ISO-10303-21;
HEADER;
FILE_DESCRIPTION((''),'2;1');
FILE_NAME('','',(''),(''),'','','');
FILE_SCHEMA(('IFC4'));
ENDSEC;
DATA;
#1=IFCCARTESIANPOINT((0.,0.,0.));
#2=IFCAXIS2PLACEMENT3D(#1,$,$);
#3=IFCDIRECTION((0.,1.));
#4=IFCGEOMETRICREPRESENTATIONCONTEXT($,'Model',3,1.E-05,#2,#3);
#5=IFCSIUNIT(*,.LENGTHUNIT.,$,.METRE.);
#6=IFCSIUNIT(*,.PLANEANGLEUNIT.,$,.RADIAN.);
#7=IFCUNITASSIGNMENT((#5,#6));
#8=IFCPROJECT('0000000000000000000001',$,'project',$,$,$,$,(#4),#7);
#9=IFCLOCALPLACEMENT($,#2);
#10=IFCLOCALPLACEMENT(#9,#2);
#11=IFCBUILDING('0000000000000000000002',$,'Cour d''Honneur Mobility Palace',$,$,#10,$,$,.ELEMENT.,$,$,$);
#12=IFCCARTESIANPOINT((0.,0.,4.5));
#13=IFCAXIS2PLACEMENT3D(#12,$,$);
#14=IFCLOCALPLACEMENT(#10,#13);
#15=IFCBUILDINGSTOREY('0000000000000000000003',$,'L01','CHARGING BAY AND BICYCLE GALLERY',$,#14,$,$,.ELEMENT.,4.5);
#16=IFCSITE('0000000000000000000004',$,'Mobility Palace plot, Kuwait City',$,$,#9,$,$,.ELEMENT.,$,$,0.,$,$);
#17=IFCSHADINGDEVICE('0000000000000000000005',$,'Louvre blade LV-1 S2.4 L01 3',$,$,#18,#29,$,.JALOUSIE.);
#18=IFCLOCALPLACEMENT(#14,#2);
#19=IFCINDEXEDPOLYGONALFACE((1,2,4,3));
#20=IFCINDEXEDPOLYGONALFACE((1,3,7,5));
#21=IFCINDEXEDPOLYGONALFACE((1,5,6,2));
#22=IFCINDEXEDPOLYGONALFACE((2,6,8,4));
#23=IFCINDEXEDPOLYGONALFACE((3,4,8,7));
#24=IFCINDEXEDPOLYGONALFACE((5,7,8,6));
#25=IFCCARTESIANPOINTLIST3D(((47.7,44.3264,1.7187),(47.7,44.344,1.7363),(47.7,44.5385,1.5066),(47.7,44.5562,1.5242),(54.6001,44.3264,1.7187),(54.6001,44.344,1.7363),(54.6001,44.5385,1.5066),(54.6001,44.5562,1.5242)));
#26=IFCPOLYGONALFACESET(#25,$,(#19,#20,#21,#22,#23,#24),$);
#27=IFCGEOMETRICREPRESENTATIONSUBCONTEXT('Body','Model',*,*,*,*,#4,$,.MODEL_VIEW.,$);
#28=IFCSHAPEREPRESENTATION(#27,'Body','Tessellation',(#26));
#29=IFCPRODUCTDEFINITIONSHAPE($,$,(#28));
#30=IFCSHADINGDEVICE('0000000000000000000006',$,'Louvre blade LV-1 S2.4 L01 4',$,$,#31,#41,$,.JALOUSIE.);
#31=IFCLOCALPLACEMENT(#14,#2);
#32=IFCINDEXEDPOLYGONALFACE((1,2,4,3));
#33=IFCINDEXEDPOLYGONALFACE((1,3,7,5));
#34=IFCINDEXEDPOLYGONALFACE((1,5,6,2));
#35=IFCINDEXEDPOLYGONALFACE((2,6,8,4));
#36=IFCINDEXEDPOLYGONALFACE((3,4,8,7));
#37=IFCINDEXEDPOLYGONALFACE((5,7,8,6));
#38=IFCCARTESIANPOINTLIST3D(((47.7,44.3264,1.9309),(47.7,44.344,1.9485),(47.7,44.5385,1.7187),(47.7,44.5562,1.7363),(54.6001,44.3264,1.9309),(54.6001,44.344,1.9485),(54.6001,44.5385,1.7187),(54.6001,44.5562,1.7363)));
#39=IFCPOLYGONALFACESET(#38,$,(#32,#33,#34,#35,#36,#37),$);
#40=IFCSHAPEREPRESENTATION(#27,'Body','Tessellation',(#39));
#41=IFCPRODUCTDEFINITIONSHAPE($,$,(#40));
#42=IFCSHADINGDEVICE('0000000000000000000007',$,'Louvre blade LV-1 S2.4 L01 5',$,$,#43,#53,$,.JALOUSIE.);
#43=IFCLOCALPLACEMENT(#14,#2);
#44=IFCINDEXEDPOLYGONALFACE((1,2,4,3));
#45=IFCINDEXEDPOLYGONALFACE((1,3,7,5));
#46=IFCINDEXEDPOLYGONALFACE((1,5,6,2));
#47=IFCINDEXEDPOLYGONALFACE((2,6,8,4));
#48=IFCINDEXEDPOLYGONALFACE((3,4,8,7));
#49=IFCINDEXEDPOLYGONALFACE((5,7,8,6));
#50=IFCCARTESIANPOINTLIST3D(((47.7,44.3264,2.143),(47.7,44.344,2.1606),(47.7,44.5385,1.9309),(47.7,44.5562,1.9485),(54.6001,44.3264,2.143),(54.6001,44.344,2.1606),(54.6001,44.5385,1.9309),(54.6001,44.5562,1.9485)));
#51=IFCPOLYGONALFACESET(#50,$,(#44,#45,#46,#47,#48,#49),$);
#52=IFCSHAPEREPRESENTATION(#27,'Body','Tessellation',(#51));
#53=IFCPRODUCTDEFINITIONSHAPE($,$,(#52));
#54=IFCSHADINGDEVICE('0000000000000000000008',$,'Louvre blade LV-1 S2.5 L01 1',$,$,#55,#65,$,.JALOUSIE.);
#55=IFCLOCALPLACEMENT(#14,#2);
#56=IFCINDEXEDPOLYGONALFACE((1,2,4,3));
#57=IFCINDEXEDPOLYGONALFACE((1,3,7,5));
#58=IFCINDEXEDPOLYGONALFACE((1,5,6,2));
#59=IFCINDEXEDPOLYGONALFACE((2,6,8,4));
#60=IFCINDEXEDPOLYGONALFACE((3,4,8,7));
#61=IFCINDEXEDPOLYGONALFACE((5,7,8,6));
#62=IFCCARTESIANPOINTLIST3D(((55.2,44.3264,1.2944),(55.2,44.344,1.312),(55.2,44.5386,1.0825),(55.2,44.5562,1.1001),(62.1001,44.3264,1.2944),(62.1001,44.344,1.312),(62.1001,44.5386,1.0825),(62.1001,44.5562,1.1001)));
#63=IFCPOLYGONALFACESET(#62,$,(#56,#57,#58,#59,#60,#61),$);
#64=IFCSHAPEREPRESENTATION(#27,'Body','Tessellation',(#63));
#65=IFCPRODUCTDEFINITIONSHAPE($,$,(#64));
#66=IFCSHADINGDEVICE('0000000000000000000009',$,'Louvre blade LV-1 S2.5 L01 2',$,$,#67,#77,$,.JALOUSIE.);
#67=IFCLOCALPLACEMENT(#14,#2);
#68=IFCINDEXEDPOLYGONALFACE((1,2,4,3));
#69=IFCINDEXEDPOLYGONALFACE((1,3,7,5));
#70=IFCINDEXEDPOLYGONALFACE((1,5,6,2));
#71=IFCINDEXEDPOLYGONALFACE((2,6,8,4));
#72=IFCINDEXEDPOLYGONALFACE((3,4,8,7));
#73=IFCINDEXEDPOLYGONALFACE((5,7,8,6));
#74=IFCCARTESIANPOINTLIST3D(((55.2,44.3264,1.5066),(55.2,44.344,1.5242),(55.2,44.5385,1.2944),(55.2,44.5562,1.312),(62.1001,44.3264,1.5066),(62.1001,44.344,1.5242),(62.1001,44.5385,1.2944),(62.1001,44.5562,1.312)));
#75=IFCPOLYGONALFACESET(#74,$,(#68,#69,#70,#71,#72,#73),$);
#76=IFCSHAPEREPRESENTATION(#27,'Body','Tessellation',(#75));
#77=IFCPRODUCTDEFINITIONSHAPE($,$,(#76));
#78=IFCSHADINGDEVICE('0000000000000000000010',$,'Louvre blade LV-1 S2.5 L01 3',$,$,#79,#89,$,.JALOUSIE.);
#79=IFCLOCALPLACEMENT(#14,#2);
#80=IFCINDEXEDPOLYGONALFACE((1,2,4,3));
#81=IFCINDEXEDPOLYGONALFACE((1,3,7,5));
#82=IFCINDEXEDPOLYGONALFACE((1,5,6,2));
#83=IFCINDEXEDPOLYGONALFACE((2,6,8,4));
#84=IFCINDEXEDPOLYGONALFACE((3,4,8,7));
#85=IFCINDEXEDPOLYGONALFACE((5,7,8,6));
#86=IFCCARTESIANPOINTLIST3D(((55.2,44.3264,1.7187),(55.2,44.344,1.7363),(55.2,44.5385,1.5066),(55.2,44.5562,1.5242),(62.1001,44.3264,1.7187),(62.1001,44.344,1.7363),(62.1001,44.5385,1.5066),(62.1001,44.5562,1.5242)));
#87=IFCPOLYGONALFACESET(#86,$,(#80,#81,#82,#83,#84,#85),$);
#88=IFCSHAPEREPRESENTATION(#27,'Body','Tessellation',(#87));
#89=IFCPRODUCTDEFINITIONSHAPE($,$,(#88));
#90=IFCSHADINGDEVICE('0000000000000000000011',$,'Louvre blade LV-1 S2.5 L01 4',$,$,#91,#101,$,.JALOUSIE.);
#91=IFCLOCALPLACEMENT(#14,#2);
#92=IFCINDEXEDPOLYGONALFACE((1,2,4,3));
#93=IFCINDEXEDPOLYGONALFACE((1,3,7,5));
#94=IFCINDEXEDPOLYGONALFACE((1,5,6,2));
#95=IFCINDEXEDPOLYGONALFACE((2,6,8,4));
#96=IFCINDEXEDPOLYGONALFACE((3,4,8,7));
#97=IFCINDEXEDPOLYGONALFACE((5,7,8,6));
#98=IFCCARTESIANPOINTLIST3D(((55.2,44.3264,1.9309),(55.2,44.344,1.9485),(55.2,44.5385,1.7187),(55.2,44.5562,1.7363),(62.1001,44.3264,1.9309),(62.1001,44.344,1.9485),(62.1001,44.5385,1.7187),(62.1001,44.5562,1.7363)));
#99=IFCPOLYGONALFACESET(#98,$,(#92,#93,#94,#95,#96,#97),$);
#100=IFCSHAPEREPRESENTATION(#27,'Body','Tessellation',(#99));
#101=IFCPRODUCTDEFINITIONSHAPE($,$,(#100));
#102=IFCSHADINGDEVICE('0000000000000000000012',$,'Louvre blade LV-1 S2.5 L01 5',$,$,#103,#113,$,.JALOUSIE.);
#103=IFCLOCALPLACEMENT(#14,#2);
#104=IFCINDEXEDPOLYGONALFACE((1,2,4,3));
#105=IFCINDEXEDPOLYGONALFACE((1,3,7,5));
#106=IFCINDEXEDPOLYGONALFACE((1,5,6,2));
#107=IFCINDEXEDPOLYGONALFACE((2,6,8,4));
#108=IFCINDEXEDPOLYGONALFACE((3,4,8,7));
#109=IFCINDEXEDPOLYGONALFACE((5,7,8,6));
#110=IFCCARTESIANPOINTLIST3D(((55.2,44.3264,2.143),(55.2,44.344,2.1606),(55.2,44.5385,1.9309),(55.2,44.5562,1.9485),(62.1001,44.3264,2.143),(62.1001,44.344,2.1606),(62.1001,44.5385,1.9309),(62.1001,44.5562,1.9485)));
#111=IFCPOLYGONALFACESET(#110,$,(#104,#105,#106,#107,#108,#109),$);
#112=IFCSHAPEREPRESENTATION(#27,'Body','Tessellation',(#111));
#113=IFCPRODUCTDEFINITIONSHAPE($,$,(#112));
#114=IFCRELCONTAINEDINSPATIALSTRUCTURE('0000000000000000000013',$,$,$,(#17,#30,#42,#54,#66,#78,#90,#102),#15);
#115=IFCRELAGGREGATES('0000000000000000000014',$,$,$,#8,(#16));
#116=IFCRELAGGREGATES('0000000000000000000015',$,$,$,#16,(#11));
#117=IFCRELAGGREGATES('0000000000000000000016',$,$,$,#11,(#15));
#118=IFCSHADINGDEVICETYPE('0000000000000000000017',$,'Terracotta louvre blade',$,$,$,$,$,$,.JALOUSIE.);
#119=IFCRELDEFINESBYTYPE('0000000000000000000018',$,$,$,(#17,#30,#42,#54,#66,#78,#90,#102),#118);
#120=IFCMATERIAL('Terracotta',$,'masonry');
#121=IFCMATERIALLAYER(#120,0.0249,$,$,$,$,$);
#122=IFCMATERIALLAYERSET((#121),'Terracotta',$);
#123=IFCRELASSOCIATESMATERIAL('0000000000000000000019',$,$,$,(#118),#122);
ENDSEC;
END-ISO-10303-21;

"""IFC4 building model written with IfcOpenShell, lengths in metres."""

from ifc_helpers import new_model, si_unit, direction, frame, origin, place, context, subcontext, project, spatial, polyline, outline, extrude, material, layer, layer_set, type_object, element, save


model = new_model("IFC4")

# Units and contexts
model_context = context("Model", 3, precision=1e-05, world=origin(), true_north=direction((0.0, 1.0)))
body_context = subcontext(model_context, "Body", "Model", "MODEL_VIEW")
ifc_project = project(units=[si_unit("LENGTHUNIT", "METRE"), si_unit("PLANEANGLEUNIT", "RADIAN")], contexts=[model_context])

# Site, building, storey
site_placement = place(None, origin())
site = spatial("IfcSite", under=ifc_project, at=site_placement, Name="Mobility Palace plot, Kuwait City", CompositionType="ELEMENT", RefElevation=0.0)
building_placement = place(site_placement, origin())
building = spatial("IfcBuilding", under=site, at=building_placement, Name="Cour d'Honneur Mobility Palace", CompositionType="ELEMENT")
storey_placement = place(building_placement, frame((0.0, 0.0, 4.5)))
storey = spatial("IfcBuildingStorey", under=building, at=storey_placement, Name="L01", Description="CHARGING BAY AND BICYCLE GALLERY", CompositionType="ELEMENT", Elevation=4.5)

# Shading devices
ifc_material_1 = material(Name="Terracotta", Category="masonry")
ifc_layer_1 = layer(ifc_material_1, 0.0249)
ifc_layer_set_1 = layer_set([ifc_layer_1], Name="Terracotta")
shading_device_type = type_object("IfcShadingDeviceType", Name="Terracotta louvre blade", PredefinedType="JALOUSIE", material=ifc_layer_set_1)
for number, where, z_axis, x_axis, name in (
    (1, (47.7, 44.5562, 1.5242), (0.0, 0.707107, 0.707107), (1.0, 0.0, 0.0), "Louvre blade LV-1 S2.4 L01 3"),
    (2, (47.7, 44.5562, 1.7363), (0.0, 0.707107, 0.707107), (1.0, 0.0, 0.0), "Louvre blade LV-1 S2.4 L01 4"),
    (3, (47.7, 44.5562, 1.9485), (0.0, 0.707107, 0.707107), (1.0, 0.0, 0.0), "Louvre blade LV-1 S2.4 L01 5"),
):
    element("IfcShadingDevice", number, at=place(storey_placement, frame(where, z_axis=z_axis, x_axis=x_axis)), inside=storey, type_object=shading_device_type, Name=name, PredefinedType="JALOUSIE", context=body_context, shape_type="SweptSolid", body=[
        extrude(outline(polyline([(0.0, 0.0), (6.9001, 0.0), (6.9001, -0.3), (0.0, -0.3), (0.0, 0.0)])), origin(), (0.0, 0.0, -1.0), 0.0249),
    ])
shading_device_1_placement = place(storey_placement, frame((55.2, 44.5562, 1.1001), z_axis=(0.0, 0.7067, 0.707514), x_axis=(1.0, 0.0, 0.0)))
element("IfcShadingDevice", 4, at=shading_device_1_placement, inside=storey, type_object=shading_device_type, Name="Louvre blade LV-1 S2.5 L01 1", PredefinedType="JALOUSIE", context=body_context, shape_type="SweptSolid", body=[
    extrude(outline(polyline([(0.0, 0.0), (6.9001, 0.0), (6.9001, -0.2999), (0.0, -0.2999), (0.0, 0.0)])), origin(), (0.0, 0.0, -1.0), 0.0249),
])
for number, where, z_axis, x_axis, name in (
    (5, (55.2, 44.5562, 1.312), (0.0, 0.707107, 0.707107), (1.0, 0.0, 0.0), "Louvre blade LV-1 S2.5 L01 2"),
    (6, (55.2, 44.5562, 1.5242), (0.0, 0.707107, 0.707107), (1.0, 0.0, 0.0), "Louvre blade LV-1 S2.5 L01 3"),
    (7, (55.2, 44.5562, 1.7363), (0.0, 0.707107, 0.707107), (1.0, 0.0, 0.0), "Louvre blade LV-1 S2.5 L01 4"),
    (8, (55.2, 44.5562, 1.9485), (0.0, 0.707107, 0.707107), (1.0, 0.0, 0.0), "Louvre blade LV-1 S2.5 L01 5"),
):
    element("IfcShadingDevice", number, at=place(storey_placement, frame(where, z_axis=z_axis, x_axis=x_axis)), inside=storey, type_object=shading_device_type, Name=name, PredefinedType="JALOUSIE", context=body_context, shape_type="SweptSolid", body=[
        extrude(outline(polyline([(0.0, 0.0), (6.9001, 0.0), (6.9001, -0.3), (0.0, -0.3), (0.0, 0.0)])), origin(), (0.0, 0.0, -1.0), 0.0249),
    ])

save(model, "model.ifc")
